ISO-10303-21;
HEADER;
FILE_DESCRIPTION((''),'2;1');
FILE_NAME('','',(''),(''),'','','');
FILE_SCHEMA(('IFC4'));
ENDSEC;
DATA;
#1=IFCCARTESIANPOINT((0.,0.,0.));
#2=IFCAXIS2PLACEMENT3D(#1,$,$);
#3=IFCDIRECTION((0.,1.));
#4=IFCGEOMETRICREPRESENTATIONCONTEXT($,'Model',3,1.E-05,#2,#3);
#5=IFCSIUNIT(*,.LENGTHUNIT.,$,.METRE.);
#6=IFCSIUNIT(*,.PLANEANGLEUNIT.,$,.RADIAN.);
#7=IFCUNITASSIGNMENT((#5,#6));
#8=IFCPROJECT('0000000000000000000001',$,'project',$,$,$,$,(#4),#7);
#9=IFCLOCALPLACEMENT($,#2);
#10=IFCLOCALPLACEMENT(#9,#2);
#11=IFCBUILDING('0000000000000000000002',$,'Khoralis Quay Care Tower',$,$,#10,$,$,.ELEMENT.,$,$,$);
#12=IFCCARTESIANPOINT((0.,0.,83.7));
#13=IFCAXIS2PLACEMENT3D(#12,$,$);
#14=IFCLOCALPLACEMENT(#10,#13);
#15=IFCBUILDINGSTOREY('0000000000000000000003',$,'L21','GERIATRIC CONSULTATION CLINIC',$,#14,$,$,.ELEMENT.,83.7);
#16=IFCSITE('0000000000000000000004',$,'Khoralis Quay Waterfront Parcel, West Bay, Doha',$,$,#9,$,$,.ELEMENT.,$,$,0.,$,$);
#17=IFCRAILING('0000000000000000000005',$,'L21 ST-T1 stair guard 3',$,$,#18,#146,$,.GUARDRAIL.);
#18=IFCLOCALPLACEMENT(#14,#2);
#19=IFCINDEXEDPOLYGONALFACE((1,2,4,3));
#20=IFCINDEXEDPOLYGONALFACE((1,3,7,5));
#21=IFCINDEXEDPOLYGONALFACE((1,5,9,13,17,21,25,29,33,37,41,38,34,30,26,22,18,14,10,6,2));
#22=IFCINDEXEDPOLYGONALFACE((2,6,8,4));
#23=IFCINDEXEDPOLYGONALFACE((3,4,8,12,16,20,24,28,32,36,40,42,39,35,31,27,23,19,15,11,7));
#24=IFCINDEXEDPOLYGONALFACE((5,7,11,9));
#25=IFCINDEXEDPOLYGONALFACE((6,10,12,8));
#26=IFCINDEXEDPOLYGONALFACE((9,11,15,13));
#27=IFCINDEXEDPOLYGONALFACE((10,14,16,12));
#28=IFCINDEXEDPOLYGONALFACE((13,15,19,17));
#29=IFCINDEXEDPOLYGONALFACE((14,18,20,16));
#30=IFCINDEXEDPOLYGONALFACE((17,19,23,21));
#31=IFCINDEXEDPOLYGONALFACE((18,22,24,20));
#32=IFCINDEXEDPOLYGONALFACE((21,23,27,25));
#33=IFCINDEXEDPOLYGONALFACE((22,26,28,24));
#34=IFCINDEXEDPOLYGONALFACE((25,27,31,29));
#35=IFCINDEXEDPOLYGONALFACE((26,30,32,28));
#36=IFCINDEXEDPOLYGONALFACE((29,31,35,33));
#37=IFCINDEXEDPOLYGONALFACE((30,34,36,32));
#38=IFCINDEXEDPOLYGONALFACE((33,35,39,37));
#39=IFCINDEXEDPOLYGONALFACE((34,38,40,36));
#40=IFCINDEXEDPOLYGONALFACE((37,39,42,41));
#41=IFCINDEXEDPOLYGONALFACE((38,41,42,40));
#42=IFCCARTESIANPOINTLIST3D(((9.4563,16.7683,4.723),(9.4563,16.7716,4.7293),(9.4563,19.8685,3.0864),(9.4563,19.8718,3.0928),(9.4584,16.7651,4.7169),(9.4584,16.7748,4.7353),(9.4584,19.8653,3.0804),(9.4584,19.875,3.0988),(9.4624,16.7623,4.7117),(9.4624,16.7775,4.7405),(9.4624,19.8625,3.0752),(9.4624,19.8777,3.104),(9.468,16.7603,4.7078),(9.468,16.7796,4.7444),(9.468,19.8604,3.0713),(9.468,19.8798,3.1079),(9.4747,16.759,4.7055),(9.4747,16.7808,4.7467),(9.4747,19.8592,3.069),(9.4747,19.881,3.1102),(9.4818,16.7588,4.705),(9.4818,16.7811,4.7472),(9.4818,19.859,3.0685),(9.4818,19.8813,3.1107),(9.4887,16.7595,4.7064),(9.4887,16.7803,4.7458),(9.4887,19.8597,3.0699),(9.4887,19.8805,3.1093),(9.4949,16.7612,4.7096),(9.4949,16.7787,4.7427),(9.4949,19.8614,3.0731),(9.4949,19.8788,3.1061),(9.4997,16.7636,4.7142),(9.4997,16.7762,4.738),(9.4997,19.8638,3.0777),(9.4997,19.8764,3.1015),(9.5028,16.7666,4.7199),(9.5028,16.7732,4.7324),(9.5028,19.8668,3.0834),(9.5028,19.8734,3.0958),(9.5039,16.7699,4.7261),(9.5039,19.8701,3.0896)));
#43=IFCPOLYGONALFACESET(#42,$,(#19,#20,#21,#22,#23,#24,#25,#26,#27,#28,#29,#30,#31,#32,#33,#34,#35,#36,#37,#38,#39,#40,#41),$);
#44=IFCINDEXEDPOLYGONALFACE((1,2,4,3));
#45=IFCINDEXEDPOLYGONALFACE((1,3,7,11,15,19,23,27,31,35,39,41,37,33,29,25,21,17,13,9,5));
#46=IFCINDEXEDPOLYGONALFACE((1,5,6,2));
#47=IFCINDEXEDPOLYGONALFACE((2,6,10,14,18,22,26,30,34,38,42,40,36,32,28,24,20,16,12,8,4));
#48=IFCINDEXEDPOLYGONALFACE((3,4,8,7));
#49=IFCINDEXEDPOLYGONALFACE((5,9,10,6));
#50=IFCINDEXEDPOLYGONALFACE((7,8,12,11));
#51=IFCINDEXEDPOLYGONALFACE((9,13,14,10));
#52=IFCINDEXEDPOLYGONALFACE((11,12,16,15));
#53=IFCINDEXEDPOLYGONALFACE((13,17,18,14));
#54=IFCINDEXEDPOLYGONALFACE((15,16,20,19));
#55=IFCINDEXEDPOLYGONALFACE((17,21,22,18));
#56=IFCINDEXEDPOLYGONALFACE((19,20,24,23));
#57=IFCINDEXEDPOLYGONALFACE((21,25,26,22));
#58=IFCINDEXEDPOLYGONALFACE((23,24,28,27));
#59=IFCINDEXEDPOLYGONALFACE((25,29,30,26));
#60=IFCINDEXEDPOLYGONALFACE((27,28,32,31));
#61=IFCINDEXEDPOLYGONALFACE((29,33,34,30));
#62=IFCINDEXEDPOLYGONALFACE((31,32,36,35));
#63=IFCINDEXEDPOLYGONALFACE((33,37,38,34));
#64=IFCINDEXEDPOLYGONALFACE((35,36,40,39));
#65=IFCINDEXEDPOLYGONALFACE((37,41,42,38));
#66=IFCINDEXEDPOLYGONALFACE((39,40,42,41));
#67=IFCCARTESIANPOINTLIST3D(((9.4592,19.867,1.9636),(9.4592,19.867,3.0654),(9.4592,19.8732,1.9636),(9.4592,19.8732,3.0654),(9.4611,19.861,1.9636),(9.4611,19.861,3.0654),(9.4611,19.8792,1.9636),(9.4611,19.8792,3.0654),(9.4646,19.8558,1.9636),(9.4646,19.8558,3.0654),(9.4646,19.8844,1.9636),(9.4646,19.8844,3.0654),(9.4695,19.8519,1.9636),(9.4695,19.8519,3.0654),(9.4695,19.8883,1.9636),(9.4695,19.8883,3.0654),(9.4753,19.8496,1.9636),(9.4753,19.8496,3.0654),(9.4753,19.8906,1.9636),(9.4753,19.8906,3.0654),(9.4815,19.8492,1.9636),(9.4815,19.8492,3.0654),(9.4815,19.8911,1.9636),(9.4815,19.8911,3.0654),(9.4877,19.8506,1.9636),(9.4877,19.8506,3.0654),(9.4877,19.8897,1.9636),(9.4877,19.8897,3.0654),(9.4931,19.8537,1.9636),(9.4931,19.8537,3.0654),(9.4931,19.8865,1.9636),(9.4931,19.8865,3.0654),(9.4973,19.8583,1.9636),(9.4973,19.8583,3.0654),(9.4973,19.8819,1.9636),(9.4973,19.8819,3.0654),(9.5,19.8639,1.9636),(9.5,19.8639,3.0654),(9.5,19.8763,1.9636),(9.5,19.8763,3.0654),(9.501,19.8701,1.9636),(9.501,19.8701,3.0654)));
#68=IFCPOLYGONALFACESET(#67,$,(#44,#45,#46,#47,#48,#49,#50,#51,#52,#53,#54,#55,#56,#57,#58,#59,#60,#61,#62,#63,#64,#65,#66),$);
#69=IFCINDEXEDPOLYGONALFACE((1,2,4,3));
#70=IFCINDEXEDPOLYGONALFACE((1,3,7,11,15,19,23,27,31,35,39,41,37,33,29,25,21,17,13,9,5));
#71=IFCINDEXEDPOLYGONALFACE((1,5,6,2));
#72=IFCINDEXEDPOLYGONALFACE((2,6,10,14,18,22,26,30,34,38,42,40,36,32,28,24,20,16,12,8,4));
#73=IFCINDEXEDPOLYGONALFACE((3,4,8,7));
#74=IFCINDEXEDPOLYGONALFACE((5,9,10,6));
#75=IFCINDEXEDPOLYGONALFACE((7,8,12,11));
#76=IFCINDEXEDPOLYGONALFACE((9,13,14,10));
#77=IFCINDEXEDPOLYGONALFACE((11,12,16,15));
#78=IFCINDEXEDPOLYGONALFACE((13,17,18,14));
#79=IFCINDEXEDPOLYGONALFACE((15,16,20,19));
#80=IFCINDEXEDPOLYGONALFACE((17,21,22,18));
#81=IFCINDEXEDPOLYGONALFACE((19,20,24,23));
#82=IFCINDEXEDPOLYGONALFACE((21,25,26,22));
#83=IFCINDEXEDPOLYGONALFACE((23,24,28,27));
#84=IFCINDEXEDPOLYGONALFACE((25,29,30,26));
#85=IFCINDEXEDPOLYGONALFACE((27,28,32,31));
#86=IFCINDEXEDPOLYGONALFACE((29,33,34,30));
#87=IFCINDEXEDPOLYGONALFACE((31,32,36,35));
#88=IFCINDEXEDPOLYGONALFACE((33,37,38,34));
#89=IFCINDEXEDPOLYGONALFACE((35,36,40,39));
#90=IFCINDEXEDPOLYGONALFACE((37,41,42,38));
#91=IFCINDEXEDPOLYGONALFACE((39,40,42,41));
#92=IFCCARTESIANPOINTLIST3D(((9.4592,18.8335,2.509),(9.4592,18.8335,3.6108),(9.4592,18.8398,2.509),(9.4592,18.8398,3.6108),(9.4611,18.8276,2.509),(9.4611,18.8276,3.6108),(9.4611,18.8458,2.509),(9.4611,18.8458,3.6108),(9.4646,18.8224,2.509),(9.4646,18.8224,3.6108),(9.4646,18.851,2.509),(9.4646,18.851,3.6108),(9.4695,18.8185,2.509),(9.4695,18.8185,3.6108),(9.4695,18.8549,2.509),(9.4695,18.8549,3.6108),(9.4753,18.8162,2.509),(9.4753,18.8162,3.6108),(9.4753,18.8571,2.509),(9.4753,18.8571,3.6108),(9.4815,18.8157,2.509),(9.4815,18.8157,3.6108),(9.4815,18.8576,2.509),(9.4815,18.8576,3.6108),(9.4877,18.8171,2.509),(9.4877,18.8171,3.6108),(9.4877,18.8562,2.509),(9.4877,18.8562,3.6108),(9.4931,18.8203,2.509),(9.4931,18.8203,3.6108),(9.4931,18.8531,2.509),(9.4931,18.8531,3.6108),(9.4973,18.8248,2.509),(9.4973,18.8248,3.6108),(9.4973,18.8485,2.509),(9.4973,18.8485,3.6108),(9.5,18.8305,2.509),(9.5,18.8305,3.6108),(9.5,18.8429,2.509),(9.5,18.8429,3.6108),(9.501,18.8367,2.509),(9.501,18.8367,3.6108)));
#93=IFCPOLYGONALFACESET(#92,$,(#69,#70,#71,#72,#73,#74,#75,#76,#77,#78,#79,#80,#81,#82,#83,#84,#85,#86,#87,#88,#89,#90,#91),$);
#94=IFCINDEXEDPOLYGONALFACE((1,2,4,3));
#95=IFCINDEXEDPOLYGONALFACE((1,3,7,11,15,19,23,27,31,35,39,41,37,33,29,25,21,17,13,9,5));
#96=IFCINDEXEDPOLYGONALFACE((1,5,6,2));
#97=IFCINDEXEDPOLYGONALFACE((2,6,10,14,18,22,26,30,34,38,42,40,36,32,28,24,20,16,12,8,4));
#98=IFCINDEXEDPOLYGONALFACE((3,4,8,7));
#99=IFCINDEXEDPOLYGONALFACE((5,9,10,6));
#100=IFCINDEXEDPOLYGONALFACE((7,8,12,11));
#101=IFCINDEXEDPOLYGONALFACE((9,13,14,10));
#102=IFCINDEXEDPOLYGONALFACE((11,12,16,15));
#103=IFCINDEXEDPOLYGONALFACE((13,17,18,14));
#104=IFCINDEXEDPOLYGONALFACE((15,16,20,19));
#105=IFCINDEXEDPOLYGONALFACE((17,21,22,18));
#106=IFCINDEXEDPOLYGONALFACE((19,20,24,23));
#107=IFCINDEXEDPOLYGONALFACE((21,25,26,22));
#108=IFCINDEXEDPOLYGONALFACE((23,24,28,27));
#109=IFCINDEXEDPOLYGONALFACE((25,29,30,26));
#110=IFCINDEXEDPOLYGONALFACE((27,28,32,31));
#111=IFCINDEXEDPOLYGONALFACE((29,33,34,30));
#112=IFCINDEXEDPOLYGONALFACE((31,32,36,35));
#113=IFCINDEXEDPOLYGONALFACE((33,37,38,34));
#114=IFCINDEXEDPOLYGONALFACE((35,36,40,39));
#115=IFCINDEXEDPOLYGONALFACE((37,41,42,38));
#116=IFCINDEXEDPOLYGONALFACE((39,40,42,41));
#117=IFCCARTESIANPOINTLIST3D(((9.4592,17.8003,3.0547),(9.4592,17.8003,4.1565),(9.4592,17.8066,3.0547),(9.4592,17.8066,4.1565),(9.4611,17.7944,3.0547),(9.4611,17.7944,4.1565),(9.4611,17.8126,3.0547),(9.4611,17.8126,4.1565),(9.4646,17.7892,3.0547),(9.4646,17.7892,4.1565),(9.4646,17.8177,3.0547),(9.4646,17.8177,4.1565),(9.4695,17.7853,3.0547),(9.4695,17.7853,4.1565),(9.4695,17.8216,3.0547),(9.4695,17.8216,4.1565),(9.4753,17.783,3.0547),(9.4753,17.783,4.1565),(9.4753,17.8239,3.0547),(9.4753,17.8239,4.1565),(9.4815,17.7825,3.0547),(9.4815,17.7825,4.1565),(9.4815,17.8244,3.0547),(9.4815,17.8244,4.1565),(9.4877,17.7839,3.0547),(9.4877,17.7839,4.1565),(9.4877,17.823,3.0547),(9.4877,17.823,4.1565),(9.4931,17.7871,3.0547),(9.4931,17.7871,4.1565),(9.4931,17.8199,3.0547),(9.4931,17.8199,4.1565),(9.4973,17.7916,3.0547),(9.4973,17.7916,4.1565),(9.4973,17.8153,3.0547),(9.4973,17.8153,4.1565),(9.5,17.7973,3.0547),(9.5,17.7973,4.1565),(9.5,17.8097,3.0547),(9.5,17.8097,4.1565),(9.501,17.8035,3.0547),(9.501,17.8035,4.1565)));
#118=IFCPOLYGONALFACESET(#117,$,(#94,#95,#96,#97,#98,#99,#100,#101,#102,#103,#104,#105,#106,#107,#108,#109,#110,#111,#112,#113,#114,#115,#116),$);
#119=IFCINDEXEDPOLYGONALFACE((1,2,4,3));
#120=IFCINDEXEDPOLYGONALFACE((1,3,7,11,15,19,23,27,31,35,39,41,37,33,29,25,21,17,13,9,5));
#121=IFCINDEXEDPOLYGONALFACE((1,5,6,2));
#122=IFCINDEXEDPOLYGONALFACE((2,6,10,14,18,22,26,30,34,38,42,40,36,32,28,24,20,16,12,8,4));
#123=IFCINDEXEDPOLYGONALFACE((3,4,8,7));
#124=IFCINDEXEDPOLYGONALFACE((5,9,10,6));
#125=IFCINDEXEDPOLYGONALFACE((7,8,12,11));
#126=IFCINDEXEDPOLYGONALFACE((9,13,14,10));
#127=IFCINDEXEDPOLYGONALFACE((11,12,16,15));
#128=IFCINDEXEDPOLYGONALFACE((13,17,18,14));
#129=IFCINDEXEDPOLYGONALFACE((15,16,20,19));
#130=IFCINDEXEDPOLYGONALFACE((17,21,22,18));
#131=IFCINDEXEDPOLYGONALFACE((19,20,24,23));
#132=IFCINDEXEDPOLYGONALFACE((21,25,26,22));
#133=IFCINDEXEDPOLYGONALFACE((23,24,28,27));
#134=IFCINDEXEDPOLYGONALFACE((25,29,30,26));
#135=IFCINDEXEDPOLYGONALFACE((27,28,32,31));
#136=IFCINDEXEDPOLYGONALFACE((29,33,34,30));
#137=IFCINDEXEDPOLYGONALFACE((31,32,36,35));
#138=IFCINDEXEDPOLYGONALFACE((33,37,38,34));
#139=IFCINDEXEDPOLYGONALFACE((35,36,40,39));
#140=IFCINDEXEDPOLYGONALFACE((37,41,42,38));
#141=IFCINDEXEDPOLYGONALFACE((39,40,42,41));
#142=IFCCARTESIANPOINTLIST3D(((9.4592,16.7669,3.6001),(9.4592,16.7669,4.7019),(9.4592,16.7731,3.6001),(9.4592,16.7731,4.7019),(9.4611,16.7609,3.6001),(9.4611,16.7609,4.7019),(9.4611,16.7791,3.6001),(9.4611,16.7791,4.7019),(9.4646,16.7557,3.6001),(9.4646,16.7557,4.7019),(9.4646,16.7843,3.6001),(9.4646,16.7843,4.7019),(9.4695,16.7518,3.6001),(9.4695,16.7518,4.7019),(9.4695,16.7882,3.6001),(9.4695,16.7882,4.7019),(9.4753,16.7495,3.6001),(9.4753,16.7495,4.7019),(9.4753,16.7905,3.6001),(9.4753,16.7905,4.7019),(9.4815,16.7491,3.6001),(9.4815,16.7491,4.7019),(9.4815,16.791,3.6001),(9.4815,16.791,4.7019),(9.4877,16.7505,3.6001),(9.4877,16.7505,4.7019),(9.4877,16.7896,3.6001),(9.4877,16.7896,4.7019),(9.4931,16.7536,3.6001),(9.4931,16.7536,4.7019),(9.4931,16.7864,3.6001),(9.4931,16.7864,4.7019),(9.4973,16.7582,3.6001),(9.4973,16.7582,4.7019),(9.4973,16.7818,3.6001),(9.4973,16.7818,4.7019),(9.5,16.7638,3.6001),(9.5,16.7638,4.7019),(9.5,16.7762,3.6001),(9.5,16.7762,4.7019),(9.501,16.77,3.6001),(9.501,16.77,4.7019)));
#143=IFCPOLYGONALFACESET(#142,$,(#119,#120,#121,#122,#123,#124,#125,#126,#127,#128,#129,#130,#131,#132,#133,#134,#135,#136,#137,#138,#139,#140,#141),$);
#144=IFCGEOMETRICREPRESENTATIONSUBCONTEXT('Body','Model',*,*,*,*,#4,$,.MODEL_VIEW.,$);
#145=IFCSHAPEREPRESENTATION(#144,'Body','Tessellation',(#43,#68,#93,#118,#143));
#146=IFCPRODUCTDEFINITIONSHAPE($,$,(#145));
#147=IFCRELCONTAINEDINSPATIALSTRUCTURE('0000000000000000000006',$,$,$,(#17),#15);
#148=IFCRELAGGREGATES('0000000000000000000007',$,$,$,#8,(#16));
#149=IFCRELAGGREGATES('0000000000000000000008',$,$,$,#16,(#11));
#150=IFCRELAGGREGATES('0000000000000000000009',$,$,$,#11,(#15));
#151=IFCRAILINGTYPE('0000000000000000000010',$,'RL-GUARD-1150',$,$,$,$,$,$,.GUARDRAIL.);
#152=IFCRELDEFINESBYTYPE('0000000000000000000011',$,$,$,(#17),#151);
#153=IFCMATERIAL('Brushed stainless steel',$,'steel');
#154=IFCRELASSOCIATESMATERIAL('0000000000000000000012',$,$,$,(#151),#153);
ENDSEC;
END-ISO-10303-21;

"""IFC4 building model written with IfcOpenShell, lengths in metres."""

from ifc_helpers import new_model, si_unit, direction, frame, origin, origin_2d, place, context, subcontext, project, spatial, circle, extrude, material, type_object, element, save


model = new_model("IFC4")

# Units and contexts
model_context = context("Model", 3, precision=1e-05, world=origin(), true_north=direction((0.0, 1.0)))
body_context = subcontext(model_context, "Body", "Model", "MODEL_VIEW")
ifc_project = project(units=[si_unit("LENGTHUNIT", "METRE"), si_unit("PLANEANGLEUNIT", "RADIAN")], contexts=[model_context])

# Site, building, storey
site_placement = place(None, origin())
site = spatial("IfcSite", under=ifc_project, at=site_placement, Name="Khoralis Quay Waterfront Parcel, West Bay, Doha", CompositionType="ELEMENT", RefElevation=0.0)
building_placement = place(site_placement, origin())
building = spatial("IfcBuilding", under=site, at=building_placement, Name="Khoralis Quay Care Tower", CompositionType="ELEMENT")
storey_placement = place(building_placement, frame((0.0, 0.0, 83.7)))
storey = spatial("IfcBuildingStorey", under=building, at=storey_placement, Name="L21", Description="GERIATRIC CONSULTATION CLINIC", CompositionType="ELEMENT", Elevation=83.7)

# Shared definitions
ifc_material_1 = material(Name="Brushed stainless steel", Category="steel")

# Railing
railing_type_1 = type_object("IfcRailingType", Name="RL-GUARD-1150", PredefinedType="GUARDRAIL", material=ifc_material_1)
railing_1_placement = place(storey_placement, frame((9.48, 19.8701, 1.9636)))
element("IfcRailing", 1, at=railing_1_placement, inside=storey, type_object=railing_type_1, Name="L21 ST-T1 stair guard 3", PredefinedType="GUARDRAIL", context=body_context, shape_type="SweptSolid", body=[
    extrude(circle(Radius=0.0239, at=origin_2d()), frame((0.0, 0.0, 1.126), z_axis=(0.0, -0.884348, 0.466828), x_axis=(1.0, 0.0, 0.0)), (0.0, 0.0, 1.0), 3.5056),
    extrude(circle(Radius=0.021, at=origin_2d()), origin(), (0.0, 0.0, 1.0), 1.1018),
    extrude(circle(Radius=0.021, at=origin_2d()), frame((0.0, -1.0334, 0.5454)), (0.0, 0.0, 1.0), 1.1018),
    extrude(circle(Radius=0.021, at=origin_2d()), frame((0.0, -2.0667, 1.0911)), (0.0, 0.0, 1.0), 1.1018),
    extrude(circle(Radius=0.021, at=origin_2d()), frame((0.0, -3.1001, 1.6365)), (0.0, 0.0, 1.0), 1.1018),
])

save(model, "model.ifc")
